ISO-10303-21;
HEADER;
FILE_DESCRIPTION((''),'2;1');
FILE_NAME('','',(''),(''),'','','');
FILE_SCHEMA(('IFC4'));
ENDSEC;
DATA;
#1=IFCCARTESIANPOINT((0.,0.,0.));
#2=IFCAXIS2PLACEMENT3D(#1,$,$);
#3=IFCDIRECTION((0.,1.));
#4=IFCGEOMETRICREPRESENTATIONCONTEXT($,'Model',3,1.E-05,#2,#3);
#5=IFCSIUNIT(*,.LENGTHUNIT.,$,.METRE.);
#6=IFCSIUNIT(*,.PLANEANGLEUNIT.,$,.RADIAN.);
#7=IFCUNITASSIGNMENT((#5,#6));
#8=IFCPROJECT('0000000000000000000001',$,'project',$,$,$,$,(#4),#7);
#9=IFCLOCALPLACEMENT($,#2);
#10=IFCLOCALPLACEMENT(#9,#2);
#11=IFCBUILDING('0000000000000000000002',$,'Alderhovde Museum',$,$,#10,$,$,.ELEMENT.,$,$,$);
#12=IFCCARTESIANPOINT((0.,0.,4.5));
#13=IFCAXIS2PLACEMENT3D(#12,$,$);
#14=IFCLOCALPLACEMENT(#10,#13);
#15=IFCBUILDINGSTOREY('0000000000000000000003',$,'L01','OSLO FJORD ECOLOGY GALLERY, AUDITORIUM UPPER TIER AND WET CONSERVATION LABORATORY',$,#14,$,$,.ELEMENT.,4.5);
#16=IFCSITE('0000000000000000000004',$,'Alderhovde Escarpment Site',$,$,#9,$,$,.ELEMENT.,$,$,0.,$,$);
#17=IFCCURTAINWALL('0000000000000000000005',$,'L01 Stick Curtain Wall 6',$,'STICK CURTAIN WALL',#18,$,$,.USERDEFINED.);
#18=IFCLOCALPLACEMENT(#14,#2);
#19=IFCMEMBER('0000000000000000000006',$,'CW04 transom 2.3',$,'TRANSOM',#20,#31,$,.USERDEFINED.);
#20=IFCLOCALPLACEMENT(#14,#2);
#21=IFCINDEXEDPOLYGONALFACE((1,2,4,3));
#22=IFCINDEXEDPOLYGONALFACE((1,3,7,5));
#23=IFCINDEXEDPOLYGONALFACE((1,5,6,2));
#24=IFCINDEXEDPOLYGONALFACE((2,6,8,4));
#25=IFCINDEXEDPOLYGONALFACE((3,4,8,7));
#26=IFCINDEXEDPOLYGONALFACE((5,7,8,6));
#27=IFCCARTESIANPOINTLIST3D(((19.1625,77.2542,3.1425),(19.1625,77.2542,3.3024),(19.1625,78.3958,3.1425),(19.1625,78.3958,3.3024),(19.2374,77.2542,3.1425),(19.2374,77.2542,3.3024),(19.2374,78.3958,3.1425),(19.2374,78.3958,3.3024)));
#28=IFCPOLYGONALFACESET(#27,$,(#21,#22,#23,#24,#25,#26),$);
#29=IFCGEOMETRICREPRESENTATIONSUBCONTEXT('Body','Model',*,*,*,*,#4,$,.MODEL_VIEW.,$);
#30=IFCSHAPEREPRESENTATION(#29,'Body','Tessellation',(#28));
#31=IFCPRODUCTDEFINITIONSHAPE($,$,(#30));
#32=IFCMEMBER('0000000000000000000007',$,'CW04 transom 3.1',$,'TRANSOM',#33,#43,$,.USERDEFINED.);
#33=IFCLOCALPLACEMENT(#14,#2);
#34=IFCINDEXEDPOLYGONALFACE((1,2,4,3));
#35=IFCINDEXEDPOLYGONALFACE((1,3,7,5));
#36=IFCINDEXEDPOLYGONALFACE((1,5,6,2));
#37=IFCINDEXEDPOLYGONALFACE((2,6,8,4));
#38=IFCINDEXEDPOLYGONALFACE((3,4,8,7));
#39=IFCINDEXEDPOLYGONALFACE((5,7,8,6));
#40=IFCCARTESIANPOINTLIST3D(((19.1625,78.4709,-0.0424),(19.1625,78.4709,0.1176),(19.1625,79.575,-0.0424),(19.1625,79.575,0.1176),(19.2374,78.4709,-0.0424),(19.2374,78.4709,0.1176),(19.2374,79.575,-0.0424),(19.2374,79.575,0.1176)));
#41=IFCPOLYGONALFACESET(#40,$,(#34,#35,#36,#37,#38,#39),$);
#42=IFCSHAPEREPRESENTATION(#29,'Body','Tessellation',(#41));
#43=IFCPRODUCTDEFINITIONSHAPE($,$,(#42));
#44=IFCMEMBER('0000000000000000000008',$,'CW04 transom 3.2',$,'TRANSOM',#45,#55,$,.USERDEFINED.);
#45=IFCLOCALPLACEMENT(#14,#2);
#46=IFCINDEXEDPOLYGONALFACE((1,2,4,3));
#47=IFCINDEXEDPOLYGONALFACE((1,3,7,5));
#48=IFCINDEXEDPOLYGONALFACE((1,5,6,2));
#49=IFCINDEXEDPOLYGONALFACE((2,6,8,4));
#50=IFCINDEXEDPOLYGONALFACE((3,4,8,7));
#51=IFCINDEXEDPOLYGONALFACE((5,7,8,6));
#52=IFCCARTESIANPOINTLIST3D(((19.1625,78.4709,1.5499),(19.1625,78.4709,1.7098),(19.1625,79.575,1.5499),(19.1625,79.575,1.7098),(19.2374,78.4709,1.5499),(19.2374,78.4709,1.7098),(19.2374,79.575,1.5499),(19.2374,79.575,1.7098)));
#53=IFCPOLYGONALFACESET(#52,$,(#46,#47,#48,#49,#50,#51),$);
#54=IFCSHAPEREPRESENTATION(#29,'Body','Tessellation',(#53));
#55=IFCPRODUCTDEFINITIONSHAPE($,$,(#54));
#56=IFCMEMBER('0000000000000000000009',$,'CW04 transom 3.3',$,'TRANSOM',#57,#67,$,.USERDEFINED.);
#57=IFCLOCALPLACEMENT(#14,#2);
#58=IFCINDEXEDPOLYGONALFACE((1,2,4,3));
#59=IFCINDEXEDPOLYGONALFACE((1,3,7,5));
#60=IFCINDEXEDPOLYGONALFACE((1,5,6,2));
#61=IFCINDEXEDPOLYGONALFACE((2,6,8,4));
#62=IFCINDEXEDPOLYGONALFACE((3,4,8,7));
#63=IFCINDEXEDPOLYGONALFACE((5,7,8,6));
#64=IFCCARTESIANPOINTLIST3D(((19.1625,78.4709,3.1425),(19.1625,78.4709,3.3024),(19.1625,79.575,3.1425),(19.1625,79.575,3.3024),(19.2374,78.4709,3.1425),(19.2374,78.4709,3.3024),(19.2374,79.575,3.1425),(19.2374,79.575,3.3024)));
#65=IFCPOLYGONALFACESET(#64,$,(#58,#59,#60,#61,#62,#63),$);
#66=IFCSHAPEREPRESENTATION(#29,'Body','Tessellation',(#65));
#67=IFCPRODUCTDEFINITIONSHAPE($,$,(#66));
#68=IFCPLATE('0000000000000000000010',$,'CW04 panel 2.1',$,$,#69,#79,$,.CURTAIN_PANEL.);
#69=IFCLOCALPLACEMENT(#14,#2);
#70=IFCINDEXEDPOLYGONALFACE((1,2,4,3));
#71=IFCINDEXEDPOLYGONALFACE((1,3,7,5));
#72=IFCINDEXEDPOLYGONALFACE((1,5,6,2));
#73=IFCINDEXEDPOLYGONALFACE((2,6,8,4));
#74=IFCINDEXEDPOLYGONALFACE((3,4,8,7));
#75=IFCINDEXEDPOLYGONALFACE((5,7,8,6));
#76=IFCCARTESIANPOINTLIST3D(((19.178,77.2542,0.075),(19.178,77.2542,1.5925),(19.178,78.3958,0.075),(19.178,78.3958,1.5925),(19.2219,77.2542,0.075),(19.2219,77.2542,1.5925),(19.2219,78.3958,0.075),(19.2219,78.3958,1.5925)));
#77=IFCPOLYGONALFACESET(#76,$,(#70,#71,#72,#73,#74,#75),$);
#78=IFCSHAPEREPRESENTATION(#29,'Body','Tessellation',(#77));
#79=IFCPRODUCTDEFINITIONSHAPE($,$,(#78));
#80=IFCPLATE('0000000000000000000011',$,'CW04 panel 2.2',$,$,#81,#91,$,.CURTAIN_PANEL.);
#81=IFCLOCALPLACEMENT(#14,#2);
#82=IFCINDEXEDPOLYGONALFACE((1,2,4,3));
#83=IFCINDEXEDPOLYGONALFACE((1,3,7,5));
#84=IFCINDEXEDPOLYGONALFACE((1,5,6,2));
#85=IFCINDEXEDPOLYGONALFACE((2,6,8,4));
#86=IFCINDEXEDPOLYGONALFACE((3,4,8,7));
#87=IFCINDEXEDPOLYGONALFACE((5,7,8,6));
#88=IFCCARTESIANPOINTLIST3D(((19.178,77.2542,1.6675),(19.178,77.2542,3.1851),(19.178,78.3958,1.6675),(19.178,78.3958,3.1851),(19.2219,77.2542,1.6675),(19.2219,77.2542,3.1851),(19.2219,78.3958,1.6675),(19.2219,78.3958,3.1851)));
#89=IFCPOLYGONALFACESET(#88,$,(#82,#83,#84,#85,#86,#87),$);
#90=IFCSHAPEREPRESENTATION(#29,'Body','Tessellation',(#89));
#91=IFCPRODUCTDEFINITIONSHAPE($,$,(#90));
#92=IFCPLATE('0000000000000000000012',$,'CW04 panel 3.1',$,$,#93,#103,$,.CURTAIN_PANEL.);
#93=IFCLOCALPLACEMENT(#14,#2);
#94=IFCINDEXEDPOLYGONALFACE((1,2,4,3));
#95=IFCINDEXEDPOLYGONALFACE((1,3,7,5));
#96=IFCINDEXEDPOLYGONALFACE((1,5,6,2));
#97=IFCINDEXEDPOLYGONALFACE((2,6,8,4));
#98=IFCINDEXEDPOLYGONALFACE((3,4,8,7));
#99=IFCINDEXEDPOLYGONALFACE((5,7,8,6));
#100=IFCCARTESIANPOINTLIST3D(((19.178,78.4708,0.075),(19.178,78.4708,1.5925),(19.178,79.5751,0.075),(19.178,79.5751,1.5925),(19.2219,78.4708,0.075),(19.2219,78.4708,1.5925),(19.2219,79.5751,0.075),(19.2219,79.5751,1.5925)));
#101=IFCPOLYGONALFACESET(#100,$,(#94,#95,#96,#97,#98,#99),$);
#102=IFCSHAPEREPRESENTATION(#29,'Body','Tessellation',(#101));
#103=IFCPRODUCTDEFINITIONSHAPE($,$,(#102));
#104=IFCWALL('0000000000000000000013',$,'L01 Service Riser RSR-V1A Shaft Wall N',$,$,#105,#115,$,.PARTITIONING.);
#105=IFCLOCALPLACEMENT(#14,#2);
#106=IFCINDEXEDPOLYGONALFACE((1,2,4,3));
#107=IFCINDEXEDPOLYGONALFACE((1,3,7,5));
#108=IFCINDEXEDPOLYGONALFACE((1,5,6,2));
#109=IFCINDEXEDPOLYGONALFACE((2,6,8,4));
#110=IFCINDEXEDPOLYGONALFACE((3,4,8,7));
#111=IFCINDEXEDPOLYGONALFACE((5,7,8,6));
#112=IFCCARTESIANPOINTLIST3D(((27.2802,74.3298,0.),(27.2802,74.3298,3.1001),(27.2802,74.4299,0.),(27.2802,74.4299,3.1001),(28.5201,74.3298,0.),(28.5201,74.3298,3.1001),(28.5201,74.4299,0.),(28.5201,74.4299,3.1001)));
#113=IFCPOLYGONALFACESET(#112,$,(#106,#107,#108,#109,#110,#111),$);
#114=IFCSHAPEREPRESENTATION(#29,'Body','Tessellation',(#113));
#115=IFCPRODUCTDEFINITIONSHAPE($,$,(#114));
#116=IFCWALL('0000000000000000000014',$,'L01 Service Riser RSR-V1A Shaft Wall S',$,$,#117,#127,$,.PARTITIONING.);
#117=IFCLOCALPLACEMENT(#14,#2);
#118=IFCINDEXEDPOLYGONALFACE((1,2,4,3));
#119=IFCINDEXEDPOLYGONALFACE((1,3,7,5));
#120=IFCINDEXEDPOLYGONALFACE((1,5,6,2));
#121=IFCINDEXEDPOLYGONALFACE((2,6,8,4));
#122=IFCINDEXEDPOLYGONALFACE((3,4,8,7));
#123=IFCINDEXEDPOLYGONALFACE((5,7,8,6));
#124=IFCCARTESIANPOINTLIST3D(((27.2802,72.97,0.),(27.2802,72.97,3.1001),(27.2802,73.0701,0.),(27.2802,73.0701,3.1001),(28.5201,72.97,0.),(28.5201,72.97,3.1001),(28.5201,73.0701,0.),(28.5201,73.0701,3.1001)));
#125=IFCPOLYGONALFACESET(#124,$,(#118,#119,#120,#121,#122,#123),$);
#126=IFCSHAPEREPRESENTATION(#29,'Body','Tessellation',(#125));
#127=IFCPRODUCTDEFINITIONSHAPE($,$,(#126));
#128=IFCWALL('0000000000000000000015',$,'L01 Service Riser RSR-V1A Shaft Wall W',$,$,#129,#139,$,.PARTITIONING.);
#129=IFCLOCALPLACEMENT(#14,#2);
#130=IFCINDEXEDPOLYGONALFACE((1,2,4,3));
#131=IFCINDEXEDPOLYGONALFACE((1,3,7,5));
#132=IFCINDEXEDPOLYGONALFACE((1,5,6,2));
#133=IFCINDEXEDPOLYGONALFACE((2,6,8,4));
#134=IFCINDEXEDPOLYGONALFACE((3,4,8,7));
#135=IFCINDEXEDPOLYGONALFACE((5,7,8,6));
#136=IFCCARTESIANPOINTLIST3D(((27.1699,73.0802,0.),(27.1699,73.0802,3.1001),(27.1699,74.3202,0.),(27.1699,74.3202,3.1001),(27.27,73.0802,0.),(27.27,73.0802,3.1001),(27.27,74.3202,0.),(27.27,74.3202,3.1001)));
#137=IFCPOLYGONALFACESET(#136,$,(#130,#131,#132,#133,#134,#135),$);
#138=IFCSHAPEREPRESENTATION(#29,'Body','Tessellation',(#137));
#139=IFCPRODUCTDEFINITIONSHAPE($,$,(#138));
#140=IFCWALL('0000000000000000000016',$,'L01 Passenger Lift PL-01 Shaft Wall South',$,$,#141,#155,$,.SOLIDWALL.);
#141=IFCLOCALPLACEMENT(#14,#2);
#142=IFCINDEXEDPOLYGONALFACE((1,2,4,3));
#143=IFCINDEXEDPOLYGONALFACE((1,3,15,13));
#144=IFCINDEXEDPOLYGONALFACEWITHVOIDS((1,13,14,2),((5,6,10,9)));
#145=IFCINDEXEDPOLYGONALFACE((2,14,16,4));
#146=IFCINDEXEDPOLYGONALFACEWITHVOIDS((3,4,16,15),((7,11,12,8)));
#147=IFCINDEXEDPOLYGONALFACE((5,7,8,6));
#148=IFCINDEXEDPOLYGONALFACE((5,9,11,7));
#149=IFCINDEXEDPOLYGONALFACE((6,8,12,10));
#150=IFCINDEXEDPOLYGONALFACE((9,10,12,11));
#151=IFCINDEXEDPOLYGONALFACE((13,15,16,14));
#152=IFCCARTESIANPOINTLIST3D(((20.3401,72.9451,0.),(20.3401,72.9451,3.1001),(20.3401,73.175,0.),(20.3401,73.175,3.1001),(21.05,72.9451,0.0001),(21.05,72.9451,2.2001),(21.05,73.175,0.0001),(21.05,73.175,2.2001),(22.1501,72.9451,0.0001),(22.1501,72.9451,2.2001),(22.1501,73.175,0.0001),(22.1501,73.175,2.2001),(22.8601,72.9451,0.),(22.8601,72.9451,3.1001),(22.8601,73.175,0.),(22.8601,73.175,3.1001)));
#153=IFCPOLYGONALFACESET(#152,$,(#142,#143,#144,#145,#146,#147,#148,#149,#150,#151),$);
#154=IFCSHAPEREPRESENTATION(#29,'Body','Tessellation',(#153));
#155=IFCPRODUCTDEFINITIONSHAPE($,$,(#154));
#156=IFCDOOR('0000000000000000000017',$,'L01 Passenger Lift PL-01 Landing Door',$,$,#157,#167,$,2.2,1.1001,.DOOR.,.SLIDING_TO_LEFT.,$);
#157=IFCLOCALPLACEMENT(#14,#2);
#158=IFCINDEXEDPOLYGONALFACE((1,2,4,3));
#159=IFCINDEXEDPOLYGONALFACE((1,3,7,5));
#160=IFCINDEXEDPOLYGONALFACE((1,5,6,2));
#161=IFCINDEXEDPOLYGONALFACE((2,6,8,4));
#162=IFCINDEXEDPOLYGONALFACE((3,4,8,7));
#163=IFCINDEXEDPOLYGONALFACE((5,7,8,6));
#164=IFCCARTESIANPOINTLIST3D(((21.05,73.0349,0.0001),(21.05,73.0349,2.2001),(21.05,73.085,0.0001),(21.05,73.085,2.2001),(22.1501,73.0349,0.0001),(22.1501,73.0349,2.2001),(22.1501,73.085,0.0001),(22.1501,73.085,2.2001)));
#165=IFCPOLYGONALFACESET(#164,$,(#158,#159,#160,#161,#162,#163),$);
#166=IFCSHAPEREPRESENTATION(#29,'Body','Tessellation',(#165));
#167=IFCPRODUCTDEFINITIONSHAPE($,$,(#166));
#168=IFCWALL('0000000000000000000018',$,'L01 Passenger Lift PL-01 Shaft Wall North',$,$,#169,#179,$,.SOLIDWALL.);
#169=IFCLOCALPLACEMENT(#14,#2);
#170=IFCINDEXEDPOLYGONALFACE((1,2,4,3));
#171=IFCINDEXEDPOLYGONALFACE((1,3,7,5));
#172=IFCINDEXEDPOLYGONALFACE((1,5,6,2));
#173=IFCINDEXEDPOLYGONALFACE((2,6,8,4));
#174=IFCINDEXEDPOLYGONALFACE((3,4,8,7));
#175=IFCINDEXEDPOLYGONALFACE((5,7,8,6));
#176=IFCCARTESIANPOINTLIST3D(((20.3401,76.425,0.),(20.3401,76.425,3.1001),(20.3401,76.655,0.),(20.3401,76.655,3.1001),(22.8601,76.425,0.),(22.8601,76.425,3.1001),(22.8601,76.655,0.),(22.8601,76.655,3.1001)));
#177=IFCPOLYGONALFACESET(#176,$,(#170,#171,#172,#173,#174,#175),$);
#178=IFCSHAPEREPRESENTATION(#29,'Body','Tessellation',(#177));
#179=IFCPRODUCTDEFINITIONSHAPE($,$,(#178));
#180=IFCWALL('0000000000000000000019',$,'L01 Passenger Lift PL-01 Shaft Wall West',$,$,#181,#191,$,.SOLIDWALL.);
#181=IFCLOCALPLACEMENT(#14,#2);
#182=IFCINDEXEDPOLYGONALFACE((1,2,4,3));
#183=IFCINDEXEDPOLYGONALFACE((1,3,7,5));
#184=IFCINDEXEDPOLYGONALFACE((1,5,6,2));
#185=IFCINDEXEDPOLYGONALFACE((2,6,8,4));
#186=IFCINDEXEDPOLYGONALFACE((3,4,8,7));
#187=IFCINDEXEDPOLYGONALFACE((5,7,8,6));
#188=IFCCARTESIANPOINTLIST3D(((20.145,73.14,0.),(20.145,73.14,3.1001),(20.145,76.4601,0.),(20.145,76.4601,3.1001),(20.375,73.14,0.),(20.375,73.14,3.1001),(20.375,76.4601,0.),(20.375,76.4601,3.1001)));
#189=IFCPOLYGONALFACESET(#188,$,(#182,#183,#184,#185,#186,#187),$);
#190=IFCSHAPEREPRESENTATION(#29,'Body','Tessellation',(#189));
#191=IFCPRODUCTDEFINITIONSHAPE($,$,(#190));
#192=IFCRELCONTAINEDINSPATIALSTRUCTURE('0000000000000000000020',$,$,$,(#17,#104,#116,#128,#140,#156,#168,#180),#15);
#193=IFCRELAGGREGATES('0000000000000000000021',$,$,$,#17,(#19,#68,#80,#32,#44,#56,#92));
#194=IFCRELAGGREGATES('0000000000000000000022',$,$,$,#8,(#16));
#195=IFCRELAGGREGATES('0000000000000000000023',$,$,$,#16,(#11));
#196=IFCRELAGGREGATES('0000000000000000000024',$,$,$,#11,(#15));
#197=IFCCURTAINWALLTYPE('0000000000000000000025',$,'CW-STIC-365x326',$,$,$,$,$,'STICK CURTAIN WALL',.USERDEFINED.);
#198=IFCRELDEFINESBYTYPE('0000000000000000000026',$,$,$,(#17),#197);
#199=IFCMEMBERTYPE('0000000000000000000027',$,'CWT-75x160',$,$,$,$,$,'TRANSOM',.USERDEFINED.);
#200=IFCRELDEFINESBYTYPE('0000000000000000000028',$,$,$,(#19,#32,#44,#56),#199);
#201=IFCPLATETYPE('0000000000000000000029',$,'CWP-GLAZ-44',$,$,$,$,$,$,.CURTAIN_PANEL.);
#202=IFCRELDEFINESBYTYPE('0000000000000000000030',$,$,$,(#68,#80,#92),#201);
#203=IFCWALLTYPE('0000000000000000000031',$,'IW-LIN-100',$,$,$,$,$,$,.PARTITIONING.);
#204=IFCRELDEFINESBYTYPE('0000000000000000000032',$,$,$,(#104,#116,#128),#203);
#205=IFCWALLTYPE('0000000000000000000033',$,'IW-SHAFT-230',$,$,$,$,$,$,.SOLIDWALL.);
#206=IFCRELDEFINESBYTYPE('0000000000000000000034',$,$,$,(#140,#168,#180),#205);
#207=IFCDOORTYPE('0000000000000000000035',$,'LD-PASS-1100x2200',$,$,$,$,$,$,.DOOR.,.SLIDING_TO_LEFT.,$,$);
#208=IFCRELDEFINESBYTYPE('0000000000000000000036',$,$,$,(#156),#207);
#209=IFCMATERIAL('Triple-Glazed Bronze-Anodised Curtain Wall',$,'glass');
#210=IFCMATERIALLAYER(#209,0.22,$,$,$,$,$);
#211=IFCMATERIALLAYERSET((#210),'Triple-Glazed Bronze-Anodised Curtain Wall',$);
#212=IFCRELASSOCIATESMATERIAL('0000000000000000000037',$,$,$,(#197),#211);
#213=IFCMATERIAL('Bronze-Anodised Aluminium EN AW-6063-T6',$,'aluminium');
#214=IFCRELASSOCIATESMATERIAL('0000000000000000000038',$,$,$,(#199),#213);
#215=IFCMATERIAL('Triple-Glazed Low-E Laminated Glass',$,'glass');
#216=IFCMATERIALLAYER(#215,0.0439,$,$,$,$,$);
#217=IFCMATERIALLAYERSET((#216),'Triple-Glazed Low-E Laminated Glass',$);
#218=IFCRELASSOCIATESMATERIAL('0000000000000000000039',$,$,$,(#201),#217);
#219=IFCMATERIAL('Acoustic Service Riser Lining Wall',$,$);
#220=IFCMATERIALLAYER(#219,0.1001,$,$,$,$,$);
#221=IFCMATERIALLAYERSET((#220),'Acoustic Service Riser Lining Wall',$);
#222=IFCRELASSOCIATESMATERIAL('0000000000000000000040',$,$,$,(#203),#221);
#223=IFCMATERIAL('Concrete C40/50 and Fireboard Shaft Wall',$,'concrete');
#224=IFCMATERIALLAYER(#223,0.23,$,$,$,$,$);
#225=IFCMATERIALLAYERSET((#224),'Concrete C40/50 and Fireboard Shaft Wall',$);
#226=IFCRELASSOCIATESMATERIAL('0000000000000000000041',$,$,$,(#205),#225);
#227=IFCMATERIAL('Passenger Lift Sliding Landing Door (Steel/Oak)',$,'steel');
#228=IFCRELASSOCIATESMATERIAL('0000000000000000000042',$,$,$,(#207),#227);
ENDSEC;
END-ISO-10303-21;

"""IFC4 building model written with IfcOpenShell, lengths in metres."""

from ifc_helpers import new_model, si_unit, direction, frame, frame_2d, origin, origin_2d, place, context, subcontext, project, spatial, rectangle, extrude, material, layer, layer_set, material_profile, profile_set, type_object, element, fill, aggregate, save


model = new_model("IFC4")

# Units and contexts
model_context = context("Model", 3, precision=1e-05, world=origin(), true_north=direction((0.0, 1.0)))
body_context = subcontext(model_context, "Body", "Model", "MODEL_VIEW")
ifc_project = project(units=[si_unit("LENGTHUNIT", "METRE"), si_unit("PLANEANGLEUNIT", "RADIAN")], contexts=[model_context])

# Site, building, storey
site_placement = place(None, origin())
site = spatial("IfcSite", under=ifc_project, at=site_placement, Name="Alderhovde Escarpment Site", CompositionType="ELEMENT", RefElevation=0.0)
building_placement = place(site_placement, origin())
building = spatial("IfcBuilding", under=site, at=building_placement, Name="Alderhovde Museum", CompositionType="ELEMENT")
storey_placement = place(building_placement, frame((0.0, 0.0, 4.5)))
storey = spatial("IfcBuildingStorey", under=building, at=storey_placement, Name="L01", Description="OSLO FJORD ECOLOGY GALLERY, AUDITORIUM UPPER TIER AND WET CONSERVATION LABORATORY", CompositionType="ELEMENT", Elevation=4.5)

# Curtain wall, members, plates
ifc_material_1 = material(Name="Triple-Glazed Bronze-Anodised Curtain Wall", Category="glass")
ifc_layer_1 = layer(ifc_material_1, 0.22)
ifc_layer_set_1 = layer_set([ifc_layer_1], Name="Triple-Glazed Bronze-Anodised Curtain Wall")
curtain_wall_type = type_object("IfcCurtainWallType", Name="CW-STIC-365x326", ElementType="STICK CURTAIN WALL", PredefinedType="USERDEFINED", material=ifc_layer_set_1)
curtain_wall_placement = place(storey_placement, origin())
curtain_wall = element("IfcCurtainWall", 1, at=curtain_wall_placement, inside=storey, type_object=curtain_wall_type, Name="L01 Stick Curtain Wall 6", ObjectType="STICK CURTAIN WALL", PredefinedType="USERDEFINED")
ifc_material_2 = material(Name="Bronze-Anodised Aluminium EN AW-6063-T6", Category="aluminium")
ifc_material_profile_1 = material_profile(ifc_material_2, rectangle(XDim=0.075, YDim=0.1599, at=origin_2d()), Name="TRANSOM 75x160")
ifc_profile_set_1 = profile_set([ifc_material_profile_1], Name="Bronze-Anodised Aluminium EN AW-6063-T6")
member_type_1 = type_object("IfcMemberType", Name="CWT-75x160", ElementType="TRANSOM", PredefinedType="USERDEFINED", material=ifc_profile_set_1)
member_1_placement = place(storey_placement, frame((19.2, 77.2542, 3.2224), z_axis=(0.0, 1.0, 0.0), x_axis=(-1.0, 0.0, 0.0)))
member_1 = element("IfcMember", 2, at=member_1_placement, type_object=member_type_1, Name="CW04 transom 2.3", ObjectType="TRANSOM", PredefinedType="USERDEFINED", context=body_context, shape_type="SweptSolid", body=[
    extrude(rectangle(XDim=0.075, YDim=0.1599, at=origin_2d()), origin(), (0.0, 0.0, 1.0), 1.1416),
])
member_2_placement = place(storey_placement, frame((19.2, 78.4709, 0.0376), z_axis=(0.0, 1.0, 0.0), x_axis=(-1.0, 0.0, 0.0)))
member_2 = element("IfcMember", 3, at=member_2_placement, type_object=member_type_1, Name="CW04 transom 3.1", ObjectType="TRANSOM", PredefinedType="USERDEFINED", context=body_context, shape_type="SweptSolid", body=[
    extrude(rectangle(XDim=0.075, YDim=0.1599, at=origin_2d()), origin(), (0.0, 0.0, 1.0), 1.104),
])
member_3_placement = place(storey_placement, frame((19.2, 78.4709, 1.6299), z_axis=(0.0, 1.0, 0.0), x_axis=(-1.0, 0.0, 0.0)))
member_3 = element("IfcMember", 4, at=member_3_placement, type_object=member_type_1, Name="CW04 transom 3.2", ObjectType="TRANSOM", PredefinedType="USERDEFINED", context=body_context, shape_type="SweptSolid", body=[
    extrude(rectangle(XDim=0.075, YDim=0.1599, at=origin_2d()), origin(), (0.0, 0.0, 1.0), 1.104),
])
member_4_placement = place(storey_placement, frame((19.2, 78.4709, 3.2224), z_axis=(0.0, 1.0, 0.0), x_axis=(-1.0, 0.0, 0.0)))
member_4 = element("IfcMember", 5, at=member_4_placement, type_object=member_type_1, Name="CW04 transom 3.3", ObjectType="TRANSOM", PredefinedType="USERDEFINED", context=body_context, shape_type="SweptSolid", body=[
    extrude(rectangle(XDim=0.075, YDim=0.1599, at=origin_2d()), origin(), (0.0, 0.0, 1.0), 1.104),
])
ifc_material_3 = material(Name="Triple-Glazed Low-E Laminated Glass", Category="glass")
ifc_layer_2 = layer(ifc_material_3, 0.0439)
ifc_layer_set_2 = layer_set([ifc_layer_2], Name="Triple-Glazed Low-E Laminated Glass")
plate_type = type_object("IfcPlateType", Name="CWP-GLAZ-44", PredefinedType="CURTAIN_PANEL", material=ifc_layer_set_2)
plate_1_placement = place(storey_placement, frame((19.2, 77.825, 0.075), z_axis=(0.0, 0.0, 1.0), x_axis=(0.0, 1.0, 0.0)))
plate_1 = element("IfcPlate", 6, at=plate_1_placement, type_object=plate_type, Name="CW04 panel 2.1", PredefinedType="CURTAIN_PANEL", context=body_context, shape_type="SweptSolid", body=[
    extrude(rectangle(XDim=1.1416, YDim=0.0439, at=origin_2d()), origin(), (0.0, 0.0, 1.0), 1.5176),
])
plate_2_placement = place(storey_placement, frame((19.2, 77.825, 1.6675), z_axis=(0.0, 0.0, 1.0), x_axis=(0.0, 1.0, 0.0)))
plate_2 = element("IfcPlate", 7, at=plate_2_placement, type_object=plate_type, Name="CW04 panel 2.2", PredefinedType="CURTAIN_PANEL", context=body_context, shape_type="SweptSolid", body=[
    extrude(rectangle(XDim=1.1416, YDim=0.0439, at=origin_2d()), origin(), (0.0, 0.0, 1.0), 1.5176),
])
plate_3_placement = place(storey_placement, frame((19.2, 79.0229, 0.075), z_axis=(0.0, 0.0, 1.0), x_axis=(0.0, 1.0, 0.0)))
plate_3 = element("IfcPlate", 8, at=plate_3_placement, type_object=plate_type, Name="CW04 panel 3.1", PredefinedType="CURTAIN_PANEL", context=body_context, shape_type="SweptSolid", body=[
    extrude(rectangle(XDim=1.1042, YDim=0.0439, at=origin_2d()), origin(), (0.0, 0.0, 1.0), 1.5176),
])
aggregate(curtain_wall, [member_1, plate_1, plate_2, member_2, member_3, member_4, plate_3])

# Walls
ifc_material_4 = material(Name="Acoustic Service Riser Lining Wall")
ifc_layer_3 = layer(ifc_material_4, 0.1001)
ifc_layer_set_3 = layer_set([ifc_layer_3], Name="Acoustic Service Riser Lining Wall")
wall_type_1 = type_object("IfcWallType", Name="IW-LIN-100", PredefinedType="PARTITIONING", material=ifc_layer_set_3)
for number, where, z_axis, x_axis, name in (
    (9, (27.28, 74.3799, 0.0), (0.0, 0.0, 1.0), (1.0, 0.0, 0.0), "L01 Service Riser RSR-V1A Shaft Wall N"),
    (10, (27.28, 73.02, 0.0), (0.0, 0.0, 1.0), (1.0, 0.0, 0.0), "L01 Service Riser RSR-V1A Shaft Wall S"),
    (11, (27.22, 73.0801, 0.0), (0.0, 0.0, 1.0), (0.0, 1.0, 0.0), "L01 Service Riser RSR-V1A Shaft Wall W"),
):
    element("IfcWall", number, at=place(storey_placement, frame(where, z_axis=z_axis, x_axis=x_axis)), inside=storey, type_object=wall_type_1, Name=name, PredefinedType="PARTITIONING", context=body_context, shape_type="SweptSolid", body=[
        extrude(rectangle(XDim=1.24, YDim=0.1001, at=frame_2d((0.6201, 0.0))), origin(), (0.0, 0.0, 1.0), 3.1001),
    ])

# Wall, opening, door
ifc_material_5 = material(Name="Concrete C40/50 and Fireboard Shaft Wall", Category="concrete")
ifc_layer_4 = layer(ifc_material_5, 0.23)
ifc_layer_set_4 = layer_set([ifc_layer_4], Name="Concrete C40/50 and Fireboard Shaft Wall")
wall_type_2 = type_object("IfcWallType", Name="IW-SHAFT-230", PredefinedType="SOLIDWALL", material=ifc_layer_set_4)
wall_1_placement = place(storey_placement, frame((20.3401, 73.0601, 0.0), z_axis=(0.0, 0.0, 1.0), x_axis=(1.0, 0.0, 0.0)))
wall_1 = element("IfcWall", 12, at=wall_1_placement, inside=storey, type_object=wall_type_2, Name="L01 Passenger Lift PL-01 Shaft Wall South", PredefinedType="SOLIDWALL", context=body_context, shape_type="SweptSolid", body=[
    extrude(rectangle(XDim=2.52, YDim=0.23, at=frame_2d((1.26, 0.0))), origin(), (0.0, 0.0, 1.0), 3.1001),
])
opening_1_placement = place(wall_1_placement, frame((0.71, 0.0, 0.0)))
opening_1 = element("IfcOpeningElement", 13, at=opening_1_placement, cuts=wall_1, PredefinedType="OPENING", context=body_context, shape_type="SweptSolid", body=[
    extrude(rectangle(XDim=1.1001, YDim=2.2, at=frame_2d((0.55, 1.1001))), frame((0.0, 0.125, 0.0), z_axis=(0.0, -1.0, 0.0), x_axis=(1.0, 0.0, 0.0)), (0.0, 0.0, 1.0), 0.25),
])
ifc_material_6 = material(Name="Passenger Lift Sliding Landing Door (Steel/Oak)", Category="steel")
door_type = type_object("IfcDoorType", Name="LD-PASS-1100x2200", OperationType="SLIDING_TO_LEFT", PredefinedType="DOOR", material=ifc_material_6)
door_1_placement = place(opening_1_placement, origin())
door_1 = element("IfcDoor", 14, at=door_1_placement, inside=storey, type_object=door_type, Name="L01 Passenger Lift PL-01 Landing Door", OperationType="SLIDING_TO_LEFT", OverallHeight=2.2, OverallWidth=1.1001, PredefinedType="DOOR", context=body_context, shape_type="SweptSolid", body=[
    extrude(rectangle(XDim=1.1001, YDim=2.2, at=frame_2d((0.55, 1.1001))), frame((0.0, 0.0249, 0.0), z_axis=(0.0, -1.0, 0.0), x_axis=(1.0, 0.0, 0.0)), (0.0, 0.0, 1.0), 0.05),
])
fill(opening_1, door_1)

# Walls
wall_2_placement = place(storey_placement, frame((20.3401, 76.54, 0.0), z_axis=(0.0, 0.0, 1.0), x_axis=(1.0, 0.0, 0.0)))
element("IfcWall", 15, at=wall_2_placement, inside=storey, type_object=wall_type_2, Name="L01 Passenger Lift PL-01 Shaft Wall North", PredefinedType="SOLIDWALL", context=body_context, shape_type="SweptSolid", body=[
    extrude(rectangle(XDim=2.52, YDim=0.23, at=frame_2d((1.26, 0.0))), origin(), (0.0, 0.0, 1.0), 3.1001),
])
for number, where, z_axis, x_axis, name in (
    (16, (20.26, 73.1399, 0.0), (0.0, 0.0, 1.0), (0.0, 1.0, 0.0), "L01 Passenger Lift PL-01 Shaft Wall West"),
):
    element("IfcWall", number, at=place(storey_placement, frame(where, z_axis=z_axis, x_axis=x_axis)), inside=storey, type_object=wall_type_2, Name=name, PredefinedType="SOLIDWALL", context=body_context, shape_type="SweptSolid", body=[
        extrude(rectangle(XDim=3.3201, YDim=0.23, at=frame_2d((1.6602, 0.0))), origin(), (0.0, 0.0, 1.0), 3.1001),
    ])

save(model, "model.ifc")
